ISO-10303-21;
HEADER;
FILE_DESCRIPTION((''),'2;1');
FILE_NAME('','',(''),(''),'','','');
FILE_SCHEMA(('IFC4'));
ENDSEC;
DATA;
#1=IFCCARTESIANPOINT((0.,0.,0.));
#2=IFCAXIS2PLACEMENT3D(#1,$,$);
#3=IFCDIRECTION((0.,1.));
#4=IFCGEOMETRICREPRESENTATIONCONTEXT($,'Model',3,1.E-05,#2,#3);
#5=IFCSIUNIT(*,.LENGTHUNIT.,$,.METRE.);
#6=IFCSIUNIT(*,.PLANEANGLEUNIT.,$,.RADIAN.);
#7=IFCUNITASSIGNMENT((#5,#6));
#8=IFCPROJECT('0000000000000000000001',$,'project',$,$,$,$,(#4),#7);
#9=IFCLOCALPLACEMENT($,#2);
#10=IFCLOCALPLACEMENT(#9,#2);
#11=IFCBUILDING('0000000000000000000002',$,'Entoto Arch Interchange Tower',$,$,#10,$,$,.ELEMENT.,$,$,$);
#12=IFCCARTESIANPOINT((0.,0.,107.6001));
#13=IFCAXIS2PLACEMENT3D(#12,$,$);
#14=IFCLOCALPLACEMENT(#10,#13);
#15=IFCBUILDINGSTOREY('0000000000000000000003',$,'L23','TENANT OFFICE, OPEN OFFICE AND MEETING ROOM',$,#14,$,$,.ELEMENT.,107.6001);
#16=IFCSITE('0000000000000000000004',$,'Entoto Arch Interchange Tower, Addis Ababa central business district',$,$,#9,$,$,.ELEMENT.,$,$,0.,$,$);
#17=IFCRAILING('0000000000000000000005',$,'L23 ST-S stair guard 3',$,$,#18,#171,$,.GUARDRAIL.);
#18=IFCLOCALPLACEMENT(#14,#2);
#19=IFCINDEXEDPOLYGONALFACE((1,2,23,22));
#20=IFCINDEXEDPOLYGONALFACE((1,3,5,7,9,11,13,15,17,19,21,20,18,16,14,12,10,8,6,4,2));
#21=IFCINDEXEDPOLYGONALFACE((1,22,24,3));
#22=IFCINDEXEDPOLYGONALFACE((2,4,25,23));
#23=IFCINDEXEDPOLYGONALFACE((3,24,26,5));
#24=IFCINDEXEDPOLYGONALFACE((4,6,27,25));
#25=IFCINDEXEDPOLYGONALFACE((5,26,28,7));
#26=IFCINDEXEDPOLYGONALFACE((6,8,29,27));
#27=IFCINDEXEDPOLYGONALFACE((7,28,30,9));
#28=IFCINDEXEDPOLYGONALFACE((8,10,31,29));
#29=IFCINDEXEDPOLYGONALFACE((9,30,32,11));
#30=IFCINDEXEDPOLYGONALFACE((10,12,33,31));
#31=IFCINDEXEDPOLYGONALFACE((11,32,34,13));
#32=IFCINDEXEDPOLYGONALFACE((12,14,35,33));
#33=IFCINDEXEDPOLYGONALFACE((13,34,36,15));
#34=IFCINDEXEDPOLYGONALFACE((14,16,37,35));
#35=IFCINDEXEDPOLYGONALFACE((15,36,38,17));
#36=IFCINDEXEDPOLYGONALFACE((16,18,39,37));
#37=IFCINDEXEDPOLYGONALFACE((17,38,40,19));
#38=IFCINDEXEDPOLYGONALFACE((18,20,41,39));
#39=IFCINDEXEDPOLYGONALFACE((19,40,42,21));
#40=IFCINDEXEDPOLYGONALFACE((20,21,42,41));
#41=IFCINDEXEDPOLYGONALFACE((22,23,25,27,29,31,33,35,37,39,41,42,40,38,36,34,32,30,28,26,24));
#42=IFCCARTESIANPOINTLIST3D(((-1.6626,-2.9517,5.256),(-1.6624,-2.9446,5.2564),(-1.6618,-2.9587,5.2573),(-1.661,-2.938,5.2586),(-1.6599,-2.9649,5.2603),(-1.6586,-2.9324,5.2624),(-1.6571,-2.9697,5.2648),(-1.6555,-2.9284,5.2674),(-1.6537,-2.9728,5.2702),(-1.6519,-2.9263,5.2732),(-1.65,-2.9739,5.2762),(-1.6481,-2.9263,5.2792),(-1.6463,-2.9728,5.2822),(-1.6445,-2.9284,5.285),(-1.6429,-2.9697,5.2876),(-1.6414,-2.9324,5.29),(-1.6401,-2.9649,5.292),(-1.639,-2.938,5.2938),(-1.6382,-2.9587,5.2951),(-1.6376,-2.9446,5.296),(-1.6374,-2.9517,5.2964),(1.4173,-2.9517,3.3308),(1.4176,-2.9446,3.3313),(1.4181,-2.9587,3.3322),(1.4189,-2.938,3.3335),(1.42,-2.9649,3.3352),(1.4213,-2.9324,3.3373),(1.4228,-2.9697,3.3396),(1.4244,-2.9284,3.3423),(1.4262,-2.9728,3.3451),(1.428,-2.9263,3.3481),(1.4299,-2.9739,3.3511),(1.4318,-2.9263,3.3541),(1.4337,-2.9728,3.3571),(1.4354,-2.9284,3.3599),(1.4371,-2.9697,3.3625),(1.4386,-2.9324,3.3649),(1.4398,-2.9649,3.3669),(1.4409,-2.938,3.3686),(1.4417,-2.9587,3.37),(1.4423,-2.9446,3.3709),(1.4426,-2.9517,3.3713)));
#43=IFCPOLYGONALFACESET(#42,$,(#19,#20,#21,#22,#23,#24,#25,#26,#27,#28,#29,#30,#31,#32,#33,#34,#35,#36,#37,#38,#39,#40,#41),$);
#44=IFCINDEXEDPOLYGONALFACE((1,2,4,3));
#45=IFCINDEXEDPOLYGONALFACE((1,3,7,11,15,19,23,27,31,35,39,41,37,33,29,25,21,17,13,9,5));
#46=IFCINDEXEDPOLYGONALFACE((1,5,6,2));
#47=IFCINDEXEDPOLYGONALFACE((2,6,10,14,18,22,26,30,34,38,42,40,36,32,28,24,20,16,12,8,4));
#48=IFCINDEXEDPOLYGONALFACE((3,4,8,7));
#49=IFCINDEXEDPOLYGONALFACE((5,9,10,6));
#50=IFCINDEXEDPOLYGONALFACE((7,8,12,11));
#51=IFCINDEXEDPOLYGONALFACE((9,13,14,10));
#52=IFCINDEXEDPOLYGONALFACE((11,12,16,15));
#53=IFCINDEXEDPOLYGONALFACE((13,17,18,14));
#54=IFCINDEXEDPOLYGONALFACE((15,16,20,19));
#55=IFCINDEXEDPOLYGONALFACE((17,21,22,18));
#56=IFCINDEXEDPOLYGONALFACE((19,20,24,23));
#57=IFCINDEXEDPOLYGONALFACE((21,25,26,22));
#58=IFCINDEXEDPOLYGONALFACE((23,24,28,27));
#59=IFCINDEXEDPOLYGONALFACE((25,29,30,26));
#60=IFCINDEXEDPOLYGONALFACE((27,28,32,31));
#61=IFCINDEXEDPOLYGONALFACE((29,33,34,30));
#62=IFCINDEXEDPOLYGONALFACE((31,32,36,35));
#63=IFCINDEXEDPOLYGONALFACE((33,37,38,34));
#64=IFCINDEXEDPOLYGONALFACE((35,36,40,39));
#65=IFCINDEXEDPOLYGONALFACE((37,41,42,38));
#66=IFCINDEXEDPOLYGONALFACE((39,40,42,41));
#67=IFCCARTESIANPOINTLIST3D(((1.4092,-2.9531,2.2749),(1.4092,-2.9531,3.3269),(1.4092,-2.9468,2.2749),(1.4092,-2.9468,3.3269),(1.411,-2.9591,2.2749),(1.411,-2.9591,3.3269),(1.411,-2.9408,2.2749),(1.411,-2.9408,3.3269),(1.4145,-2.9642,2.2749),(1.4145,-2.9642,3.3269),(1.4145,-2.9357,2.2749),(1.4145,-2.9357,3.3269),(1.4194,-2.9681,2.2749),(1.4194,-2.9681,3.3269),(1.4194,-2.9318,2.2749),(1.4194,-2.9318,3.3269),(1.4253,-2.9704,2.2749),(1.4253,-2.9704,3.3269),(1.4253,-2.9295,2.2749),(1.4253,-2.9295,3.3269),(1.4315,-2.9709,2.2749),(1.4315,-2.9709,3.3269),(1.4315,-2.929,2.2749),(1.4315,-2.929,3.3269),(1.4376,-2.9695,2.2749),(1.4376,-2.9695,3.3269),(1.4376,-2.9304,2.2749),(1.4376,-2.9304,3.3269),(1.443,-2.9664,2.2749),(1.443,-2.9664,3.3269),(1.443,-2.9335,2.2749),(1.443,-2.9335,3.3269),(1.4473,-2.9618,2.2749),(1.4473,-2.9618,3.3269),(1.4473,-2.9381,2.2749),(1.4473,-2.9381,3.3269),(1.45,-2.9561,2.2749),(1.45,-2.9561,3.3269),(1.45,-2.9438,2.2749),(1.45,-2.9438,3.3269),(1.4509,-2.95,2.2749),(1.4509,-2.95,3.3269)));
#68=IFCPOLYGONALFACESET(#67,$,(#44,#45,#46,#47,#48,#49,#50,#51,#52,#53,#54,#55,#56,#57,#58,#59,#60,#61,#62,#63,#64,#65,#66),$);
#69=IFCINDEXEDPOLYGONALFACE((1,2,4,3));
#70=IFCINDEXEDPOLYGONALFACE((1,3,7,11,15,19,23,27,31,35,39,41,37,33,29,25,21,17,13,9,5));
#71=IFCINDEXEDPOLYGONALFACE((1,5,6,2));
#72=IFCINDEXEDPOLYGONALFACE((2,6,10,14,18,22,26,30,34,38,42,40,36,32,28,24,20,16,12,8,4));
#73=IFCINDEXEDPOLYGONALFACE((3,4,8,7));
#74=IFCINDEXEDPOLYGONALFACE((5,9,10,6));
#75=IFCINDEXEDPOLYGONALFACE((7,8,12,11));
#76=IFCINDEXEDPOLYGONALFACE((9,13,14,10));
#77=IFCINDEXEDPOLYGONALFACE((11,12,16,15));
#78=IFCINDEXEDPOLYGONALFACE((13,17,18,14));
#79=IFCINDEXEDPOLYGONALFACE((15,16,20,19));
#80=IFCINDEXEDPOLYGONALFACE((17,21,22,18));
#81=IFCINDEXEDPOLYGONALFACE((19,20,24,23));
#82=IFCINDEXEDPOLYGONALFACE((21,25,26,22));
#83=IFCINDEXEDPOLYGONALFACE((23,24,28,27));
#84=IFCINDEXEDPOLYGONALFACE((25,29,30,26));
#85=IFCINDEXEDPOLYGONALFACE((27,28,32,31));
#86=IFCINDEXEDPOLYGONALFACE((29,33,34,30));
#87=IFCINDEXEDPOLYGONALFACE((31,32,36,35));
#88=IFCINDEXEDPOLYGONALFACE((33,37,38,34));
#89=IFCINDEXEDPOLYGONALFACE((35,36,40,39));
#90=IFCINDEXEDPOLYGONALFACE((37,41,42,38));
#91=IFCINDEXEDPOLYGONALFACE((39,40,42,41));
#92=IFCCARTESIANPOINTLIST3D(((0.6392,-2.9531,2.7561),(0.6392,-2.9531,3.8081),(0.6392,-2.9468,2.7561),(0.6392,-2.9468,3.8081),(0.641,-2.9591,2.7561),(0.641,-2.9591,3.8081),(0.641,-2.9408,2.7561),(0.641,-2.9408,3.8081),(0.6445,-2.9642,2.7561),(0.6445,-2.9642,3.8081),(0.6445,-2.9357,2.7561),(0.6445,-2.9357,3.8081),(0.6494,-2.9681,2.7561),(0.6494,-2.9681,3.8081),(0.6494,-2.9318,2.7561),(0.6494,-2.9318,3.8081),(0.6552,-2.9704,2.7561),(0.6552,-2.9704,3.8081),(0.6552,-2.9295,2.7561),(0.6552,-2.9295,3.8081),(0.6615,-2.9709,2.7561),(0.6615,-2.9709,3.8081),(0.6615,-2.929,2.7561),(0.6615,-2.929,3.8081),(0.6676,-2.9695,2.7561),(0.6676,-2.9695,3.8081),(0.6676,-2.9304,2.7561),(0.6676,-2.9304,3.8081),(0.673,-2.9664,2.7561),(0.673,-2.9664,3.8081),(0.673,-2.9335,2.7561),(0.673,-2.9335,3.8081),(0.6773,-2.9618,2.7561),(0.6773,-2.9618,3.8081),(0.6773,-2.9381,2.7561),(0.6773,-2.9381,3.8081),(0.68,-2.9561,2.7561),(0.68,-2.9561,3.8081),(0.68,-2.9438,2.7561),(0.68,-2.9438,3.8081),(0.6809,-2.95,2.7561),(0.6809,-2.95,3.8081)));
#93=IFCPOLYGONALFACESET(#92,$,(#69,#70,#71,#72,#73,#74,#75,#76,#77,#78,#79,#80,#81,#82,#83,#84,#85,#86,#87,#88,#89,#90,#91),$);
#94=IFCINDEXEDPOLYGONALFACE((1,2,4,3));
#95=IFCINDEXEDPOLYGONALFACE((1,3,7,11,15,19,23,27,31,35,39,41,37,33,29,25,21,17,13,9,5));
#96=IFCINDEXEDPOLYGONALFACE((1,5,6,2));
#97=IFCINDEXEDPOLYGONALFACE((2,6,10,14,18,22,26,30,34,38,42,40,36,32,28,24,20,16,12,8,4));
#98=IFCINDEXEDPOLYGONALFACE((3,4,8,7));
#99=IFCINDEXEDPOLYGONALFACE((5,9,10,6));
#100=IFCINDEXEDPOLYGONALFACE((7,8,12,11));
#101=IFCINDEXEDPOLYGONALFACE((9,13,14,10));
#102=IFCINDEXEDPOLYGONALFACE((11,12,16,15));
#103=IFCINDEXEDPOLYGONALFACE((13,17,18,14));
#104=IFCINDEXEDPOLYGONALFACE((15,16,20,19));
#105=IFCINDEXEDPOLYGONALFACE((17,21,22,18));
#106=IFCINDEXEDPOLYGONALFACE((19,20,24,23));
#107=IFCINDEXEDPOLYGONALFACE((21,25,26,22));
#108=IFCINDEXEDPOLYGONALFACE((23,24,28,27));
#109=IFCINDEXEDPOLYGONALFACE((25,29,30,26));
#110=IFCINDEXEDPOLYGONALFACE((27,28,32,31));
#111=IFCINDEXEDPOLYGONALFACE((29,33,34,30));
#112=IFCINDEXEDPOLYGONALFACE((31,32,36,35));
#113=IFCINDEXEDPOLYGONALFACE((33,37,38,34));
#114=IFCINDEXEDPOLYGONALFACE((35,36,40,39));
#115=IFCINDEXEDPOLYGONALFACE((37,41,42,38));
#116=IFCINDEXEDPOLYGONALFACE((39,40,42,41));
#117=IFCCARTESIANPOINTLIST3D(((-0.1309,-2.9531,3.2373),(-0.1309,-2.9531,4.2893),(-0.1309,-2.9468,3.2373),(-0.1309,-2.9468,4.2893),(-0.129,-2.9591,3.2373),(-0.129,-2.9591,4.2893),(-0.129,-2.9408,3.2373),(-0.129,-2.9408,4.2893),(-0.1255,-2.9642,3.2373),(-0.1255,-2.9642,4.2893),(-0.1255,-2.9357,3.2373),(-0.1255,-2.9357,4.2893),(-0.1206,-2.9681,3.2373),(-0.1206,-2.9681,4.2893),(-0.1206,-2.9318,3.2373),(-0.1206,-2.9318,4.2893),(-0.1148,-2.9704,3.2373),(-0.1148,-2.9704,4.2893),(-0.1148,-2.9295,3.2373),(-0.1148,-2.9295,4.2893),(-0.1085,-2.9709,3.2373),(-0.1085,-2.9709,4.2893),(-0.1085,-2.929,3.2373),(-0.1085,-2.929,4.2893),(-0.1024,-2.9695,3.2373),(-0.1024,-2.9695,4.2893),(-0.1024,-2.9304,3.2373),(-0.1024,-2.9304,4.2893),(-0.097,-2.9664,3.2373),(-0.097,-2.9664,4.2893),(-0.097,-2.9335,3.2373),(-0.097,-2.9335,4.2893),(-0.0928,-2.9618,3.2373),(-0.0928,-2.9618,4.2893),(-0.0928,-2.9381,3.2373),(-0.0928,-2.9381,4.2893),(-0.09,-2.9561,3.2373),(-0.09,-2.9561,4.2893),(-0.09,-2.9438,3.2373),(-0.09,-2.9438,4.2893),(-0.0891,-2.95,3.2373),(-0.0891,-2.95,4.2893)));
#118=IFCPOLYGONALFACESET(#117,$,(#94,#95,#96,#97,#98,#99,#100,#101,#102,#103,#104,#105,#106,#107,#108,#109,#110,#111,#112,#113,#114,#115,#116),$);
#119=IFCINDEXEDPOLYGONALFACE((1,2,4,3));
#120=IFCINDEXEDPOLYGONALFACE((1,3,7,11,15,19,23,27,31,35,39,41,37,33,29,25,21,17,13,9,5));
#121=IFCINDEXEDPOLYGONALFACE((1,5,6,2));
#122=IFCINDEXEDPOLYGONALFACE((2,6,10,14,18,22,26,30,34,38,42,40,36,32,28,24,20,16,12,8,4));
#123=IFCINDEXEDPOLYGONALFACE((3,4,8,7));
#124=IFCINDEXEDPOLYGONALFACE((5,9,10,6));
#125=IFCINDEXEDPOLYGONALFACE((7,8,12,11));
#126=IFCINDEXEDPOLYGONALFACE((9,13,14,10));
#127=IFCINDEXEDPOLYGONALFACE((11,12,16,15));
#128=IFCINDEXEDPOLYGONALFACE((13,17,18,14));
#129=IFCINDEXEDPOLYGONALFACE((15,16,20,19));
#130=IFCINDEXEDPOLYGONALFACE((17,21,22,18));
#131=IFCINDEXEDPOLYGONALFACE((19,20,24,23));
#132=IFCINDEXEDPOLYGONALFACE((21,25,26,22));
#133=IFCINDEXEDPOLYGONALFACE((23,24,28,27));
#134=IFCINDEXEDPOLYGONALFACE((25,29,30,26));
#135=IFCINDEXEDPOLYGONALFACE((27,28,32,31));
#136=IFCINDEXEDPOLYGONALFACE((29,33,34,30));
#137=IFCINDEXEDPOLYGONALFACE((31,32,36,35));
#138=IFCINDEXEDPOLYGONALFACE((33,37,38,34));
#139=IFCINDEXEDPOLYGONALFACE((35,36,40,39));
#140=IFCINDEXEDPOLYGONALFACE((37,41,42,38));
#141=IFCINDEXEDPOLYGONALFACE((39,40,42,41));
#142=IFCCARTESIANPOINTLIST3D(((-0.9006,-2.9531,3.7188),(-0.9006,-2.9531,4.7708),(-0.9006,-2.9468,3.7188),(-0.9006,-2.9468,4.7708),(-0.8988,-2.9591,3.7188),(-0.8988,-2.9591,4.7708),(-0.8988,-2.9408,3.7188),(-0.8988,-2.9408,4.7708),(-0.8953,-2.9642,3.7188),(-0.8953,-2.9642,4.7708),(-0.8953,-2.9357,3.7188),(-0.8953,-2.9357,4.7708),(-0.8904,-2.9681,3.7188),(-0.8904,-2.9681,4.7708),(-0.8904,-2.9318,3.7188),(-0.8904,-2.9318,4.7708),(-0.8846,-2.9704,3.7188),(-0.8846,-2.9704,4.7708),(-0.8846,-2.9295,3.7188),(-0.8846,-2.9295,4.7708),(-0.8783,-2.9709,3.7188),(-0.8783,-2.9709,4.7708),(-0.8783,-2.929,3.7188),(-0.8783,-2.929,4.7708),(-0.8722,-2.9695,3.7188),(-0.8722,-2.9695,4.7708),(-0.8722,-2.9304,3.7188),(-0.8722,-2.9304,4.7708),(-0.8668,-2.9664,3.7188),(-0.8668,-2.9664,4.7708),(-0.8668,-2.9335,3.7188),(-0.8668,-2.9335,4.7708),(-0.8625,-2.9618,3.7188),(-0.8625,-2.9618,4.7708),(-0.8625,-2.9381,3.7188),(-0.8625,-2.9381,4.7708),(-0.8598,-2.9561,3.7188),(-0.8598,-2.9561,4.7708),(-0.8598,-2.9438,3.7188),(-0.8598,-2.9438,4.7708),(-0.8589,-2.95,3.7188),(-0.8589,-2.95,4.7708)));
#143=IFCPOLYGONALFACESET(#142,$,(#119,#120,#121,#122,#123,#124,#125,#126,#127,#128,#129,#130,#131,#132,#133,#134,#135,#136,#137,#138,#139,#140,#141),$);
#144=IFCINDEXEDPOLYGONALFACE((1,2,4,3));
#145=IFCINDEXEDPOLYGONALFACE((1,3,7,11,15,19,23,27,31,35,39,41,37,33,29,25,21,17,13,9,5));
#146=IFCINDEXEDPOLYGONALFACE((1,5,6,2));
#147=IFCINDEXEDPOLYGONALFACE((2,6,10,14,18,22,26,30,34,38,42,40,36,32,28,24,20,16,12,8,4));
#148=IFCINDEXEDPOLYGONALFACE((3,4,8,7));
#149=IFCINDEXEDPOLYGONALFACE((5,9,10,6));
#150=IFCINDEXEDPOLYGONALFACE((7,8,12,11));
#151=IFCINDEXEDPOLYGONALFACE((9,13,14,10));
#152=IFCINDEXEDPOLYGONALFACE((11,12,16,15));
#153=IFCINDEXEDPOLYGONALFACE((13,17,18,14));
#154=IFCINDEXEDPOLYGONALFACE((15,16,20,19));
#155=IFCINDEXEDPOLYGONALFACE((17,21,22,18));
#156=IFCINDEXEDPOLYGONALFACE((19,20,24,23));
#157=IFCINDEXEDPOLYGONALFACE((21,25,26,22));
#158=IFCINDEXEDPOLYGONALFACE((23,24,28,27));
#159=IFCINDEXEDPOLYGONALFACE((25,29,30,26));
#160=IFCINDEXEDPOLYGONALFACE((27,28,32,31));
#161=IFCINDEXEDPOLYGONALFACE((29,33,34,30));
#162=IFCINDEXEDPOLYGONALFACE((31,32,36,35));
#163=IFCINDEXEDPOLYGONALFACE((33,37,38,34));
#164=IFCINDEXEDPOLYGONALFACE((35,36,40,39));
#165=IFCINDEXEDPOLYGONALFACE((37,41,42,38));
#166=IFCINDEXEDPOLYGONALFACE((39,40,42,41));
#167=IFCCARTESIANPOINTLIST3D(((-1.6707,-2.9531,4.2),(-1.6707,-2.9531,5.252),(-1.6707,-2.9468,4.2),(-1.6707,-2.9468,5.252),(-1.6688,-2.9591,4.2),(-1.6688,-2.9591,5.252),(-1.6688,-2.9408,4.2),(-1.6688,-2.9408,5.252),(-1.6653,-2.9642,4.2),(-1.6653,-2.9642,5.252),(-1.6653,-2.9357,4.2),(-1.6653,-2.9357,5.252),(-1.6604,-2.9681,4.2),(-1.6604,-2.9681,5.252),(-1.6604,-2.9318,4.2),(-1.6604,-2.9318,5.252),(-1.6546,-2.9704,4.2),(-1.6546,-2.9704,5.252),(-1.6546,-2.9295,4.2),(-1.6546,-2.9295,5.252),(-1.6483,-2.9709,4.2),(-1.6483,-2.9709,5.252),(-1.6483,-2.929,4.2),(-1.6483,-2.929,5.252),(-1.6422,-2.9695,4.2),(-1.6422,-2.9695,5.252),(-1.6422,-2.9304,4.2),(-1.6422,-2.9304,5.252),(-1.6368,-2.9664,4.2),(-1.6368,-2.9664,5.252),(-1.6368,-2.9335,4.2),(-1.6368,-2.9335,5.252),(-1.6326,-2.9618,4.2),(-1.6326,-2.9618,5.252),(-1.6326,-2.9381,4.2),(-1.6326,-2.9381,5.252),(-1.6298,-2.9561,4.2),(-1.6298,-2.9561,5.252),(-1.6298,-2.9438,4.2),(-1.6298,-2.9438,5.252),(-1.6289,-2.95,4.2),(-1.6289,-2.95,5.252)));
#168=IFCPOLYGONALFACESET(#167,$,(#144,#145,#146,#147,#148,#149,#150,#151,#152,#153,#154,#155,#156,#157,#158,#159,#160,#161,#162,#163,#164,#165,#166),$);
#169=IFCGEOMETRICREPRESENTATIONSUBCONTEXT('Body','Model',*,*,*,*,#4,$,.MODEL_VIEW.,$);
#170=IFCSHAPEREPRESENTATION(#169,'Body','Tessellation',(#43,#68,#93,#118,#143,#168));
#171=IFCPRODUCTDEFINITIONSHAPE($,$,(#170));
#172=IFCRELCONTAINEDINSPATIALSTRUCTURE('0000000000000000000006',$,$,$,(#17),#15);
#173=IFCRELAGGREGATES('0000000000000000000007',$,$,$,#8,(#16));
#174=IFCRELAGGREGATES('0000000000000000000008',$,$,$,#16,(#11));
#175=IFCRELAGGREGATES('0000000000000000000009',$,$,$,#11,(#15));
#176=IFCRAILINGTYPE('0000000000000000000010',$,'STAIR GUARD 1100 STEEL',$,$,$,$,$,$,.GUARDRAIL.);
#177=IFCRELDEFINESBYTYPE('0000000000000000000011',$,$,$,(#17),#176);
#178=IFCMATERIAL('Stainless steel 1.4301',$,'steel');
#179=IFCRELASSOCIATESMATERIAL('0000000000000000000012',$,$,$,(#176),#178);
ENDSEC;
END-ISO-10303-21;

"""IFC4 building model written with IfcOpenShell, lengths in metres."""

from ifc_helpers import new_model, si_unit, direction, frame, origin, origin_2d, place, context, subcontext, project, spatial, circle, extrude, material, type_object, element, save


model = new_model("IFC4")

# Units and contexts
model_context = context("Model", 3, precision=1e-05, world=origin(), true_north=direction((0.0, 1.0)))
body_context = subcontext(model_context, "Body", "Model", "MODEL_VIEW")
ifc_project = project(units=[si_unit("LENGTHUNIT", "METRE"), si_unit("PLANEANGLEUNIT", "RADIAN")], contexts=[model_context])

# Site, building, storey
site_placement = place(None, origin())
site = spatial("IfcSite", under=ifc_project, at=site_placement, Name="Entoto Arch Interchange Tower, Addis Ababa central business district", CompositionType="ELEMENT", RefElevation=0.0)
building_placement = place(site_placement, origin())
building = spatial("IfcBuilding", under=site, at=building_placement, Name="Entoto Arch Interchange Tower", CompositionType="ELEMENT")
storey_placement = place(building_placement, frame((0.0, 0.0, 107.6001)))
storey = spatial("IfcBuildingStorey", under=building, at=storey_placement, Name="L23", Description="TENANT OFFICE, OPEN OFFICE AND MEETING ROOM", CompositionType="ELEMENT", Elevation=107.6001)

# Railing
ifc_material_1 = material(Name="Stainless steel 1.4301", Category="steel")
railing_type_1 = type_object("IfcRailingType", Name="STAIR GUARD 1100 STEEL", PredefinedType="GUARDRAIL", material=ifc_material_1)
railing_1_placement = place(storey_placement, frame((1.4299, -2.95, 2.2749)))
element("IfcRailing", 1, at=railing_1_placement, inside=storey, type_object=railing_type_1, Name="L23 ST-S stair guard 3", PredefinedType="GUARDRAIL", context=body_context, shape_type="SweptSolid", body=[
    extrude(circle(Radius=0.0239, at=origin_2d()), frame((0.0, 0.0, 1.0762), z_axis=(-0.847979, 0.0, 0.530029), x_axis=(0.0, -1.0, 0.0)), (0.0, 0.0, 1.0), 3.6321),
    extrude(circle(Radius=0.021, at=origin_2d()), origin(), (0.0, 0.0, 1.0), 1.052),
    extrude(circle(Radius=0.021, at=origin_2d()), frame((-0.77, 0.0, 0.4812)), (0.0, 0.0, 1.0), 1.052),
    extrude(circle(Radius=0.021, at=origin_2d()), frame((-1.54, 0.0, 0.9624)), (0.0, 0.0, 1.0), 1.052),
    extrude(circle(Radius=0.021, at=origin_2d()), frame((-2.3098, 0.0, 1.4438)), (0.0, 0.0, 1.0), 1.052),
    extrude(circle(Radius=0.021, at=origin_2d()), frame((-3.0798, 0.0, 1.925)), (0.0, 0.0, 1.0), 1.052),
])

save(model, "model.ifc")
